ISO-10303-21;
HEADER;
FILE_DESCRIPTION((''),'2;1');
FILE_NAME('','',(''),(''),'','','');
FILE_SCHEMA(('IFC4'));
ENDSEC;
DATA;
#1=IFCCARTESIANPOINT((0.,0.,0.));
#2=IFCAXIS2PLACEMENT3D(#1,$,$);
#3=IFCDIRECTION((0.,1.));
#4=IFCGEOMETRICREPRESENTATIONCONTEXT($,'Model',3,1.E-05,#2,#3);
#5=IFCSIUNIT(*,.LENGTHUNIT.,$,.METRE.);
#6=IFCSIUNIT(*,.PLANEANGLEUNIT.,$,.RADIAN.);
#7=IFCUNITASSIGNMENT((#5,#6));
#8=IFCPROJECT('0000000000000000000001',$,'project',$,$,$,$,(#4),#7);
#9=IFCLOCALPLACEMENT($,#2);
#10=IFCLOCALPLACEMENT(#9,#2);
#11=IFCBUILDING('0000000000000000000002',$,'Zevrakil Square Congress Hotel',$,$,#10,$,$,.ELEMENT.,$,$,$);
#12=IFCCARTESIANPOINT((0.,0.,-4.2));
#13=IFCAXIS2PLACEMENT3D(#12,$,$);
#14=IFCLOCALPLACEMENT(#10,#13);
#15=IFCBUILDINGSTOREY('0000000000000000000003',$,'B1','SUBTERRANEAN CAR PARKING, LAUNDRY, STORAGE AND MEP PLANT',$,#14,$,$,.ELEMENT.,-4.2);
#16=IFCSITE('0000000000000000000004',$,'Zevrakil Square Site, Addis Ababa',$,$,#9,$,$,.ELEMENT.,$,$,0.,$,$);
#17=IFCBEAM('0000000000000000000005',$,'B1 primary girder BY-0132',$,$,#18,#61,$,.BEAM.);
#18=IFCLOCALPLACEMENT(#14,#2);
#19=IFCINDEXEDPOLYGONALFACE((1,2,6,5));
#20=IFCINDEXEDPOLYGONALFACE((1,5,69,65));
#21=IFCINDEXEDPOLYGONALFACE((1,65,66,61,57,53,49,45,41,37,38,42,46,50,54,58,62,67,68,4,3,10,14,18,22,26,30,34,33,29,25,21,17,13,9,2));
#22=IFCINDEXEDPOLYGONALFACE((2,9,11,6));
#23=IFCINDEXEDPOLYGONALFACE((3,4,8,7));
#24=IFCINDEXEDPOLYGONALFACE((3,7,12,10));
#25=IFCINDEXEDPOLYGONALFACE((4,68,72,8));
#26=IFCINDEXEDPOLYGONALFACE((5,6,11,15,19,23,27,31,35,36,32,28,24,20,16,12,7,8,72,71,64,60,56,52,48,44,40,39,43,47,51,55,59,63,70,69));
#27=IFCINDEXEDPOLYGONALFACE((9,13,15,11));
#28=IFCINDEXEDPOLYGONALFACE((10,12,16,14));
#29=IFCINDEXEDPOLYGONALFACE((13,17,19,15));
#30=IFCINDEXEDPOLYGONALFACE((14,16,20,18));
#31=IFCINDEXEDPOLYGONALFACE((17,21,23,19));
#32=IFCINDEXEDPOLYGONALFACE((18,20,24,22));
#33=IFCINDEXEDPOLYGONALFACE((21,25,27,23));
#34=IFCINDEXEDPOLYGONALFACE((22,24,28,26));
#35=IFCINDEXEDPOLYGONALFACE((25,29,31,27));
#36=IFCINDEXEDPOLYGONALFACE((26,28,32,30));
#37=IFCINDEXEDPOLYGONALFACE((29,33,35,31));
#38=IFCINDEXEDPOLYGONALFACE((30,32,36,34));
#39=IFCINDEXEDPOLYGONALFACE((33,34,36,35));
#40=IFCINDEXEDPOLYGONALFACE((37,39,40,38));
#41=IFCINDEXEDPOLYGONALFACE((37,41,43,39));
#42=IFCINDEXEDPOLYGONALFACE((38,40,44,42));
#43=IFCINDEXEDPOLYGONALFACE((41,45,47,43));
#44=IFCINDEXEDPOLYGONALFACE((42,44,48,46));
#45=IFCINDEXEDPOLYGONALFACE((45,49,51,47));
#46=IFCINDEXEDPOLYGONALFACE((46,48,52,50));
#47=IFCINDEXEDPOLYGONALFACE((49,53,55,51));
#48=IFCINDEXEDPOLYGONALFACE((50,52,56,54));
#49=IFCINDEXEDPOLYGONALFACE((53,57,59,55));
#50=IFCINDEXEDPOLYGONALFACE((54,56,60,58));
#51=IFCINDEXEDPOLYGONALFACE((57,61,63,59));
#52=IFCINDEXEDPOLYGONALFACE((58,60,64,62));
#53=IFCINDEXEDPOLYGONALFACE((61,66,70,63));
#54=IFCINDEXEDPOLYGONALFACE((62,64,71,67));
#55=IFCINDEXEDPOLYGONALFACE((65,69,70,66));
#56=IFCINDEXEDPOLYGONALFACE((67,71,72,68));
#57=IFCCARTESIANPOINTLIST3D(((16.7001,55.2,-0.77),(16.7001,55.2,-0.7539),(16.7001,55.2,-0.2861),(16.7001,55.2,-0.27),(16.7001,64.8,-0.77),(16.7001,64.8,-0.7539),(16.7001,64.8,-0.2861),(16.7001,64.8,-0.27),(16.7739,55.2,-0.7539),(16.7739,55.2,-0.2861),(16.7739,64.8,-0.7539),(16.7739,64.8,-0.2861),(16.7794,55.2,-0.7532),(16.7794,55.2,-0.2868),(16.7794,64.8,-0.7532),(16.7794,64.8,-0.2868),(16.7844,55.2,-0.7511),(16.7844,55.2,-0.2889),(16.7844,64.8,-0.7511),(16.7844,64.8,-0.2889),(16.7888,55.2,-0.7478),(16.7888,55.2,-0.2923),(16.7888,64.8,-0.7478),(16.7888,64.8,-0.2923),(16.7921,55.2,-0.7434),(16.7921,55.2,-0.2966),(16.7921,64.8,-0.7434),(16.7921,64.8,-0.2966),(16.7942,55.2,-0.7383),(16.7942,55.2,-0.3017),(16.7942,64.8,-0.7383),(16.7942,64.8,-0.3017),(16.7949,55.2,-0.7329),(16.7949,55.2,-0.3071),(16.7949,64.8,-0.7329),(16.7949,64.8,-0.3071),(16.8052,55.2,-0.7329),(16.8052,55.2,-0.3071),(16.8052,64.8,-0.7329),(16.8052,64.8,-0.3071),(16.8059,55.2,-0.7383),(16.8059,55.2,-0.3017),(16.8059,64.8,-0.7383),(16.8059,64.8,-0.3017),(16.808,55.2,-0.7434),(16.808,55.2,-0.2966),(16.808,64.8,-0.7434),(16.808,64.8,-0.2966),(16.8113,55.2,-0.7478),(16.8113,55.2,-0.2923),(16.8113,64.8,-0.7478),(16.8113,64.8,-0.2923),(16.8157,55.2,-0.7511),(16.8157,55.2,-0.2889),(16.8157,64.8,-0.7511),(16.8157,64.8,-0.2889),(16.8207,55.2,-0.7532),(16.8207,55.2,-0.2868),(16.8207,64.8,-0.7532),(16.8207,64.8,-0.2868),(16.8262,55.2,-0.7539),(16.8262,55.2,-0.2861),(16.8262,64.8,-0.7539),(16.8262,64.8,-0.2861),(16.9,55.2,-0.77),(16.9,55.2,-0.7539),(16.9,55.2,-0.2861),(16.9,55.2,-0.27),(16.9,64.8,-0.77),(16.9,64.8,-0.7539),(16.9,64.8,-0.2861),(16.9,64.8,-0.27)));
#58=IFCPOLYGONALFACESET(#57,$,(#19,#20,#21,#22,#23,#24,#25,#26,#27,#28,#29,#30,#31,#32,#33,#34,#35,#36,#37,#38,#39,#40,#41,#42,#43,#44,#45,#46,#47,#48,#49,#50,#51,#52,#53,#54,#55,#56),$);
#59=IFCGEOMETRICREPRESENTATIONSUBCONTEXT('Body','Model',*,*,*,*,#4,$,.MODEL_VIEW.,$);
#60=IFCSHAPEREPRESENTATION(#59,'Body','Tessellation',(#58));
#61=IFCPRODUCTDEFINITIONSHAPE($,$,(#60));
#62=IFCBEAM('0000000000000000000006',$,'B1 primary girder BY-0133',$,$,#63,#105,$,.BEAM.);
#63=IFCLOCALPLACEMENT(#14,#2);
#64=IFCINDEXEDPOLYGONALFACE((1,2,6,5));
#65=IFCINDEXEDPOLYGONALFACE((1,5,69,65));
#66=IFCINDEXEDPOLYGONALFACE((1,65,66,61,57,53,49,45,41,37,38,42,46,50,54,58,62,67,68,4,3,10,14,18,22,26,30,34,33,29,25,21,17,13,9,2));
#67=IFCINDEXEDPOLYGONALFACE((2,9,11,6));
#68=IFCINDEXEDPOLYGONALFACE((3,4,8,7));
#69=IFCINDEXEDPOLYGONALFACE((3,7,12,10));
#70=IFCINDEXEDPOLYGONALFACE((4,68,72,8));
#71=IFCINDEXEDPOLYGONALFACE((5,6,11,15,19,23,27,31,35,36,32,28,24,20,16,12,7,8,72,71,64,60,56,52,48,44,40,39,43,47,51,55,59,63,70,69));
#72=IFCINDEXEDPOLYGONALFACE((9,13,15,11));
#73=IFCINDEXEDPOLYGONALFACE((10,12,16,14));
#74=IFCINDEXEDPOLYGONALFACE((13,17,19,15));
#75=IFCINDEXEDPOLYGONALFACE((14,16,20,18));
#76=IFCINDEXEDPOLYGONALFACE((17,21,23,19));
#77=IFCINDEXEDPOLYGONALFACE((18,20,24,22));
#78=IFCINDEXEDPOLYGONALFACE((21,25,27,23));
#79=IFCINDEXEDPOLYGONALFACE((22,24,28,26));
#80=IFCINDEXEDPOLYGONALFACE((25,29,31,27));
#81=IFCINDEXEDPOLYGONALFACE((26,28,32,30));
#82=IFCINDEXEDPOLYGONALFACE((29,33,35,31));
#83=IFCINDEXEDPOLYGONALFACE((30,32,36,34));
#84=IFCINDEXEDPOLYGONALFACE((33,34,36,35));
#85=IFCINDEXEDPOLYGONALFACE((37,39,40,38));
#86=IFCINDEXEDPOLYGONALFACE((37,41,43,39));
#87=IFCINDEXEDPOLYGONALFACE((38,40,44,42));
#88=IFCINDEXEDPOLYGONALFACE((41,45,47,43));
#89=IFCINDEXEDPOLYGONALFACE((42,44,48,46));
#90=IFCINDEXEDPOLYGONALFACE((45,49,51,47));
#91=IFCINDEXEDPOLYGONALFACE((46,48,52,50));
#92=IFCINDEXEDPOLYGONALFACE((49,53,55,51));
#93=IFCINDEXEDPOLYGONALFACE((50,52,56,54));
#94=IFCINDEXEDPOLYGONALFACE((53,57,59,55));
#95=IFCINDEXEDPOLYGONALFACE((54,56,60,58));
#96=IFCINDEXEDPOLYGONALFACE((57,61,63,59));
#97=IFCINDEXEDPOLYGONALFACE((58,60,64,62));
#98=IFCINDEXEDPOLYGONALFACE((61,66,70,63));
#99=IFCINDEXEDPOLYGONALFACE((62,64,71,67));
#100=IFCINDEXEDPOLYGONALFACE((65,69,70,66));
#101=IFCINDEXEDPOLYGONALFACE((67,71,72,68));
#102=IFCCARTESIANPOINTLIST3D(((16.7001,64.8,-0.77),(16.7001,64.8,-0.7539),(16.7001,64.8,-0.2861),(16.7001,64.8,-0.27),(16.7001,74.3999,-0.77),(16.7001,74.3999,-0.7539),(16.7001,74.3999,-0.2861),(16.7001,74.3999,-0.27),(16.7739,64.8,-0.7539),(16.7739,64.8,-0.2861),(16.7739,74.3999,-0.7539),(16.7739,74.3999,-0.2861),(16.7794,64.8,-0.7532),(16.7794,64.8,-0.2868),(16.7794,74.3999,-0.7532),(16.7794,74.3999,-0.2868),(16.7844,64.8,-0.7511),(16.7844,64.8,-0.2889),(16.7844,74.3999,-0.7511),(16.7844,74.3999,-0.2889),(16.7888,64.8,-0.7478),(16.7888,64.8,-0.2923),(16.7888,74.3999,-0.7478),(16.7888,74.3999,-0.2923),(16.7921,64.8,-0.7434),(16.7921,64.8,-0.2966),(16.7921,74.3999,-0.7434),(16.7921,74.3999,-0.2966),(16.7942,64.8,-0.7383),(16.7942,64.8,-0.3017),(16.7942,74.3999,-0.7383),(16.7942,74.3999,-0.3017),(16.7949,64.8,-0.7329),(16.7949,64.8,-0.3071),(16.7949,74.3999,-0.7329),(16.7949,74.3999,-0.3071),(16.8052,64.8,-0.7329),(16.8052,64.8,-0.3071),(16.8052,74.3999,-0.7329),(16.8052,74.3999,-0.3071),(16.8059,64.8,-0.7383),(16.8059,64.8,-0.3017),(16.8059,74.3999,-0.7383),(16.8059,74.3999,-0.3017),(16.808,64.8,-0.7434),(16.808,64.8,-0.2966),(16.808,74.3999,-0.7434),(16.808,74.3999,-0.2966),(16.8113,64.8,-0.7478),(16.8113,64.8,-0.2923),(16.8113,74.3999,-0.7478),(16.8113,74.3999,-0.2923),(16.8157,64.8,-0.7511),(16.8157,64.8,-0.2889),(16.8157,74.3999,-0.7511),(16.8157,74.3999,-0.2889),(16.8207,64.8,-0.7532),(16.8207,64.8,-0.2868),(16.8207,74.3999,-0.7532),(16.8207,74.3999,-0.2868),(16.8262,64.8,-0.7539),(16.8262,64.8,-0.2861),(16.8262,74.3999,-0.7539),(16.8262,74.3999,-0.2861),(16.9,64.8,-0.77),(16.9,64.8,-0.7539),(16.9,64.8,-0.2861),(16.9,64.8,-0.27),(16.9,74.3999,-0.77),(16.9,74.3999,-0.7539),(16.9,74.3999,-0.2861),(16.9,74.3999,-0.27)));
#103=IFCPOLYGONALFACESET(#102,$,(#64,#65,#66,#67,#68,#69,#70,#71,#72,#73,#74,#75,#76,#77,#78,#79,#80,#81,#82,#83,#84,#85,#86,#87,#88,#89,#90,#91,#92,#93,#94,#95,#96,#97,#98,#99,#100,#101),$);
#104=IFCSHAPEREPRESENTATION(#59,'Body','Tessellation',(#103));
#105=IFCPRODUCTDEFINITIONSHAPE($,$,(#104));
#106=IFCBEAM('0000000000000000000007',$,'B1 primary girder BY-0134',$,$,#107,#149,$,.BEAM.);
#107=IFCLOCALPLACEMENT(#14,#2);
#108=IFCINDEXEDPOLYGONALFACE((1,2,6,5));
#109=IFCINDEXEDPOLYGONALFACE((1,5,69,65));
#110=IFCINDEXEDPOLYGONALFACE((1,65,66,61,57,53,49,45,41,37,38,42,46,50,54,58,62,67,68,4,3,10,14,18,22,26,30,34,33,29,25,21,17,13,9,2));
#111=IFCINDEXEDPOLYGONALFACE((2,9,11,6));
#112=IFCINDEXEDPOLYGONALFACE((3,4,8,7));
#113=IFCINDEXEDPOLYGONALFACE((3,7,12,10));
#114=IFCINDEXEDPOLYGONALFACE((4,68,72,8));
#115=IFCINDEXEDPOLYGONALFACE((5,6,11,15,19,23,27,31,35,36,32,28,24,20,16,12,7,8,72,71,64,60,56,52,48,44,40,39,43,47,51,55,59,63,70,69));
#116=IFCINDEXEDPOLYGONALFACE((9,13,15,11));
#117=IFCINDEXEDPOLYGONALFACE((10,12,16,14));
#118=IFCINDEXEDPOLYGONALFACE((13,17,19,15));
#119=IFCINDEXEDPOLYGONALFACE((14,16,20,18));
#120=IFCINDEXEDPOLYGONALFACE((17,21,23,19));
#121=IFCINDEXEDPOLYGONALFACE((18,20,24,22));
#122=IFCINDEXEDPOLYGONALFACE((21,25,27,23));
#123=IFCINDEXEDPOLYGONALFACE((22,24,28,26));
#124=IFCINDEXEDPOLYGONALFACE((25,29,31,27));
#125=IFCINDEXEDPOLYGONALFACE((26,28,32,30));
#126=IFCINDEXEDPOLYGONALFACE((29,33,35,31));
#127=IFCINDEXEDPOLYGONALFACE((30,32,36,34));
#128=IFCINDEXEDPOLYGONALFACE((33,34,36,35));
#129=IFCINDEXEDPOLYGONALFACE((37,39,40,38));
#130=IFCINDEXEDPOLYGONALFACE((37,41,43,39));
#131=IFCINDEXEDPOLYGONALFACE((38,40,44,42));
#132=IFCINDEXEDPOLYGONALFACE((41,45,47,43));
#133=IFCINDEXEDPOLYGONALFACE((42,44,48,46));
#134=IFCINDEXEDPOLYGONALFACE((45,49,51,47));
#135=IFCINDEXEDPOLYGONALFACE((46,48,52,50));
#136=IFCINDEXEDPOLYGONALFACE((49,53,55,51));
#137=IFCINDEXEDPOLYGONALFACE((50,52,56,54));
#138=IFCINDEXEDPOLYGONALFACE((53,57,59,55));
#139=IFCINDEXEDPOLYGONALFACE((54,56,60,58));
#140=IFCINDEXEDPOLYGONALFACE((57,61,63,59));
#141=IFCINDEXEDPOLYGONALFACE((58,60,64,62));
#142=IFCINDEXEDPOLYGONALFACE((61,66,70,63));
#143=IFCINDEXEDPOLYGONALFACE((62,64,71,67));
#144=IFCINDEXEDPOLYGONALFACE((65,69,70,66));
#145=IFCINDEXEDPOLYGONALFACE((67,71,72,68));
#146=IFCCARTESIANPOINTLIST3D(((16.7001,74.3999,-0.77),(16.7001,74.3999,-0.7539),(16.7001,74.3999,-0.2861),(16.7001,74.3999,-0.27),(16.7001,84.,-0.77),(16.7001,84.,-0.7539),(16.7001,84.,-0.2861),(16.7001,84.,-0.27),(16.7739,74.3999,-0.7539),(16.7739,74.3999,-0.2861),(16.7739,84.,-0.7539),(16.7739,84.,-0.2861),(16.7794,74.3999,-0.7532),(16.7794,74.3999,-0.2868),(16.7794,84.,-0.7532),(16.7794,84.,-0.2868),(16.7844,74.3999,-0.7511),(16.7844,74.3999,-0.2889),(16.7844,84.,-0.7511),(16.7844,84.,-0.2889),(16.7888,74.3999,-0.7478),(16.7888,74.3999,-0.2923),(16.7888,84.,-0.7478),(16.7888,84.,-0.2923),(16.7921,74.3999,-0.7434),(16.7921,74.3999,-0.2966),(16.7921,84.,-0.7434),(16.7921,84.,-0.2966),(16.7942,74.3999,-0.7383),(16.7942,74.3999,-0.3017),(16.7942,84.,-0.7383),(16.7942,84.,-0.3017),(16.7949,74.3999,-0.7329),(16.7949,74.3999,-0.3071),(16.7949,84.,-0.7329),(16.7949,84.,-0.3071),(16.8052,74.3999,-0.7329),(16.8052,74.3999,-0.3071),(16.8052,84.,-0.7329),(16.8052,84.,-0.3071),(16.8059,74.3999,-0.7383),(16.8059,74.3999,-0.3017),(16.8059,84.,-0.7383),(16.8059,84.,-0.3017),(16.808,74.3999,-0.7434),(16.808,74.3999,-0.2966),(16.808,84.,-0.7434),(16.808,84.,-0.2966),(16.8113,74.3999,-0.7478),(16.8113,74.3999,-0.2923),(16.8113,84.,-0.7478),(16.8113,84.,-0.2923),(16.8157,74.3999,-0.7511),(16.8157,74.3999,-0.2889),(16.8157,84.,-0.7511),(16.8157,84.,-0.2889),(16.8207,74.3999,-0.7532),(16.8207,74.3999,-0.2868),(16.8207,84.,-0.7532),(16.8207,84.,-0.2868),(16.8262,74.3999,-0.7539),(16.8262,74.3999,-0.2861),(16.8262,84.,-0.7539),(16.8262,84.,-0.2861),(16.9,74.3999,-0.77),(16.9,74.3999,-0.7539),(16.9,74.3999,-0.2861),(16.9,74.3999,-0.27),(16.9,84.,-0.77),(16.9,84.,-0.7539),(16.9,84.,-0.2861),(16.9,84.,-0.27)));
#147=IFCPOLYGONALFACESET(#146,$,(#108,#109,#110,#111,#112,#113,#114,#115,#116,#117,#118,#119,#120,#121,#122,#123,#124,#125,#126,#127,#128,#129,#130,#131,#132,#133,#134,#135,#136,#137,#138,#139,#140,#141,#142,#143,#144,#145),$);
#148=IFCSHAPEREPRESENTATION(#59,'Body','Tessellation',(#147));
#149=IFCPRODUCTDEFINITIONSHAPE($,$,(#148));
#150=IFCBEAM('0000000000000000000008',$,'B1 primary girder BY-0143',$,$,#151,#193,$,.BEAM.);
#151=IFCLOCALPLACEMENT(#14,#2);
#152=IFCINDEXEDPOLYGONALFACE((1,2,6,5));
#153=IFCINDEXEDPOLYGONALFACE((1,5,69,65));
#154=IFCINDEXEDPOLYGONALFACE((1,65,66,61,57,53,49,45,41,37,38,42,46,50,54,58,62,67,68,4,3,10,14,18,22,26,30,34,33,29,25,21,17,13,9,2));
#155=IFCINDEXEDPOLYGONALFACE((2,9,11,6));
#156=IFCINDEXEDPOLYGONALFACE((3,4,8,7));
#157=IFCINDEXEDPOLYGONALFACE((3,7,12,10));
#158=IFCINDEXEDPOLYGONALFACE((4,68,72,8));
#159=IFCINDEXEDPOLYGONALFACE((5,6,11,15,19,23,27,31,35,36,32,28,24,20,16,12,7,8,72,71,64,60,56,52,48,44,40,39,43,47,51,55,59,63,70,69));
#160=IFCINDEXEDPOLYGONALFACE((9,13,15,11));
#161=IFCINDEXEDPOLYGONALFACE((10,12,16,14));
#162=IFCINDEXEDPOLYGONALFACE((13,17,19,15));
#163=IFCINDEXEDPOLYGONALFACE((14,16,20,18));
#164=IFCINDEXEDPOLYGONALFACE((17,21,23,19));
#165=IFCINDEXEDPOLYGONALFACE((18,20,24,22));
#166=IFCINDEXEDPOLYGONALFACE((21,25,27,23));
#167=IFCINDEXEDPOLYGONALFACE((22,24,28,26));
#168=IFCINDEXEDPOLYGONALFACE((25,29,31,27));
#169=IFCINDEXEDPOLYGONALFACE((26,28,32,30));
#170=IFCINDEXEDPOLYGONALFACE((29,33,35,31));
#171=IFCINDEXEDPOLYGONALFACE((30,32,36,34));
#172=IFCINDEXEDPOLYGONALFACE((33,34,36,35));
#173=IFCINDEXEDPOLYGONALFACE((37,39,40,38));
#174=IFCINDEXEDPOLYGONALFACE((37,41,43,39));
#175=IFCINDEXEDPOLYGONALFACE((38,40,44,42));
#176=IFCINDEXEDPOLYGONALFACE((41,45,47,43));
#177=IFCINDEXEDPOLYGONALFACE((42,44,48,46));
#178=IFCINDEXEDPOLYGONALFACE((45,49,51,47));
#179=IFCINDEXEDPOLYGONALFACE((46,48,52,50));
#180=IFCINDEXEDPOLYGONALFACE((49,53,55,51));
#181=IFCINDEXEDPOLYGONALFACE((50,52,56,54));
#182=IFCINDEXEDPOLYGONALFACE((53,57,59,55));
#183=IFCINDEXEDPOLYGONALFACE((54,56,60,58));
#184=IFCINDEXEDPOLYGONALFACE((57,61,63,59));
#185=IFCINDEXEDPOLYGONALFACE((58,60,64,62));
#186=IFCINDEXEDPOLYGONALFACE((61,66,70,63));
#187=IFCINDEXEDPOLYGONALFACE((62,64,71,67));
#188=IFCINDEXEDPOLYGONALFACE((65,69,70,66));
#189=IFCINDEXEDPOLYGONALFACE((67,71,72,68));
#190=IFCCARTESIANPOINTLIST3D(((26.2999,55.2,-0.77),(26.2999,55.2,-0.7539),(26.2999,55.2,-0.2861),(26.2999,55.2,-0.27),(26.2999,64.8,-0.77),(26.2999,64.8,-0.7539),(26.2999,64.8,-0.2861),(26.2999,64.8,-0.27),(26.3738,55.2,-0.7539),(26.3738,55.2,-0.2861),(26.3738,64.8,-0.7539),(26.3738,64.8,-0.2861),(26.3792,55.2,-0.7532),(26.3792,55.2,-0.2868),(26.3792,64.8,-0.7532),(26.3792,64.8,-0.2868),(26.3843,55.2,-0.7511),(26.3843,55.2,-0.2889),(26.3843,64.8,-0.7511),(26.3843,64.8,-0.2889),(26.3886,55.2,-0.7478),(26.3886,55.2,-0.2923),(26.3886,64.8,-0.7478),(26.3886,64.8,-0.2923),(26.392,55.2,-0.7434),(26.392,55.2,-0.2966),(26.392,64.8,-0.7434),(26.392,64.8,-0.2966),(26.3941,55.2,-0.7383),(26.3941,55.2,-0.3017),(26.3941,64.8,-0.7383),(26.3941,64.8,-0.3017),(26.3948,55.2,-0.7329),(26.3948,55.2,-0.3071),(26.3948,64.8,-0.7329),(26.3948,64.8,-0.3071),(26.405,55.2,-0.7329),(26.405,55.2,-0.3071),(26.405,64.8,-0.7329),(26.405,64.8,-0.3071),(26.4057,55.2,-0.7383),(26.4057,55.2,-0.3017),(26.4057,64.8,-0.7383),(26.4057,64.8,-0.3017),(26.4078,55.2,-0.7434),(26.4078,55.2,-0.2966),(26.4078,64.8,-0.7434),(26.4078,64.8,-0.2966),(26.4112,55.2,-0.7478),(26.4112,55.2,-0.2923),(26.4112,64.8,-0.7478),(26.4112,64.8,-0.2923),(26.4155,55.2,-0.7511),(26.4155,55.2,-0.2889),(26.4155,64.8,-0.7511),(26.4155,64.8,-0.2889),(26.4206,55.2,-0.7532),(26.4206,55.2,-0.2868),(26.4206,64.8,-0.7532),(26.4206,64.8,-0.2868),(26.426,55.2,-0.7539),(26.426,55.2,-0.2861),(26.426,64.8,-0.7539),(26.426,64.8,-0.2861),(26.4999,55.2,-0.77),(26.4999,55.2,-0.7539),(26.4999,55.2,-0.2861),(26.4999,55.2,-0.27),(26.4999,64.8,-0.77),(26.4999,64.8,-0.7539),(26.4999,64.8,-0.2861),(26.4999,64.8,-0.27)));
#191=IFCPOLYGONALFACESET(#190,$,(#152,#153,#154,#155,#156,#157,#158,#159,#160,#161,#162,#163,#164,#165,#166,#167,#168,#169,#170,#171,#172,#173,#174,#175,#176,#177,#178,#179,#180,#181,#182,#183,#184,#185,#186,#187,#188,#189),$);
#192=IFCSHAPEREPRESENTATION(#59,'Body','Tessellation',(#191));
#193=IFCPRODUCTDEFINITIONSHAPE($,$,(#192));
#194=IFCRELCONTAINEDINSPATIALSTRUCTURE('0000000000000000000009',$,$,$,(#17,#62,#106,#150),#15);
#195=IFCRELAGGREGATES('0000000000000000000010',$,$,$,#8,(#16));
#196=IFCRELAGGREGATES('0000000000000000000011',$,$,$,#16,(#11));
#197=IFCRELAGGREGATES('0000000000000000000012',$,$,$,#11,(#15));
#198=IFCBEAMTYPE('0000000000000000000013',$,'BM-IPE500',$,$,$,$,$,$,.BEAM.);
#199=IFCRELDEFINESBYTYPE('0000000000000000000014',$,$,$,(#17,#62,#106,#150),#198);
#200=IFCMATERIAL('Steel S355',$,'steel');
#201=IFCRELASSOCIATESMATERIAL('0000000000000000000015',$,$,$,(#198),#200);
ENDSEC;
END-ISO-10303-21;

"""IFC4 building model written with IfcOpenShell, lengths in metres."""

from ifc_helpers import new_model, si_unit, direction, frame, origin, origin_2d, place, context, subcontext, project, spatial, i_section, extrude, material, material_profile, profile_set, type_object, element, save


model = new_model("IFC4")

# Units and contexts
model_context = context("Model", 3, precision=1e-05, world=origin(), true_north=direction((0.0, 1.0)))
body_context = subcontext(model_context, "Body", "Model", "MODEL_VIEW")
ifc_project = project(units=[si_unit("LENGTHUNIT", "METRE"), si_unit("PLANEANGLEUNIT", "RADIAN")], contexts=[model_context])

# Site, building, storey
site_placement = place(None, origin())
site = spatial("IfcSite", under=ifc_project, at=site_placement, Name="Zevrakil Square Site, Addis Ababa", CompositionType="ELEMENT", RefElevation=0.0)
building_placement = place(site_placement, origin())
building = spatial("IfcBuilding", under=site, at=building_placement, Name="Zevrakil Square Congress Hotel", CompositionType="ELEMENT")
storey_placement = place(building_placement, frame((0.0, 0.0, -4.2)))
storey = spatial("IfcBuildingStorey", under=building, at=storey_placement, Name="B1", Description="SUBTERRANEAN CAR PARKING, LAUNDRY, STORAGE AND MEP PLANT", CompositionType="ELEMENT", Elevation=-4.2)

# Beams
ifc_material_1 = material(Name="Steel S355", Category="steel")
ifc_material_profile_1 = material_profile(ifc_material_1, i_section(OverallWidth=0.2, OverallDepth=0.5, WebThickness=0.0103, FlangeThickness=0.0161, FilletRadius=0.021, at=origin_2d()), Name="IPE 500")
ifc_profile_set_1 = profile_set([ifc_material_profile_1], Name="Steel S355")
beam_type_1 = type_object("IfcBeamType", Name="BM-IPE500", PredefinedType="BEAM", material=ifc_profile_set_1)
beam_1_placement = place(storey_placement, frame((16.8, 55.2, -0.52), z_axis=(0.0, 1.0, 0.0), x_axis=(-1.0, 0.0, 0.0)))
element("IfcBeam", 1, at=beam_1_placement, inside=storey, type_object=beam_type_1, Name="B1 primary girder BY-0132", PredefinedType="BEAM", context=body_context, shape_type="SweptSolid", body=[
    extrude(i_section(OverallWidth=0.2, OverallDepth=0.5, WebThickness=0.0103, FlangeThickness=0.0161, FilletRadius=0.021, at=origin_2d()), origin(), (0.0, 0.0, 1.0), 9.6001),
])
beam_2_placement = place(storey_placement, frame((16.8, 64.8, -0.52), z_axis=(0.0, 1.0, 0.0), x_axis=(-1.0, 0.0, 0.0)))
element("IfcBeam", 2, at=beam_2_placement, inside=storey, type_object=beam_type_1, Name="B1 primary girder BY-0133", PredefinedType="BEAM", context=body_context, shape_type="SweptSolid", body=[
    extrude(i_section(OverallWidth=0.2, OverallDepth=0.5, WebThickness=0.0103, FlangeThickness=0.0161, FilletRadius=0.021, at=origin_2d()), origin(), (0.0, 0.0, 1.0), 9.5999),
])
for number, where, z_axis, x_axis, name in (
    (3, (16.8, 74.3999, -0.52), (0.0, 1.0, 0.0), (-1.0, 0.0, 0.0), "B1 primary girder BY-0134"),
    (4, (26.3999, 55.2, -0.52), (0.0, 1.0, 0.0), (-1.0, 0.0, 0.0), "B1 primary girder BY-0143"),
):
    element("IfcBeam", number, at=place(storey_placement, frame(where, z_axis=z_axis, x_axis=x_axis)), inside=storey, type_object=beam_type_1, Name=name, PredefinedType="BEAM", context=body_context, shape_type="SweptSolid", body=[
        extrude(i_section(OverallWidth=0.2, OverallDepth=0.5, WebThickness=0.0103, FlangeThickness=0.0161, FilletRadius=0.021, at=origin_2d()), origin(), (0.0, 0.0, 1.0), 9.6001),
    ])

save(model, "model.ifc")
